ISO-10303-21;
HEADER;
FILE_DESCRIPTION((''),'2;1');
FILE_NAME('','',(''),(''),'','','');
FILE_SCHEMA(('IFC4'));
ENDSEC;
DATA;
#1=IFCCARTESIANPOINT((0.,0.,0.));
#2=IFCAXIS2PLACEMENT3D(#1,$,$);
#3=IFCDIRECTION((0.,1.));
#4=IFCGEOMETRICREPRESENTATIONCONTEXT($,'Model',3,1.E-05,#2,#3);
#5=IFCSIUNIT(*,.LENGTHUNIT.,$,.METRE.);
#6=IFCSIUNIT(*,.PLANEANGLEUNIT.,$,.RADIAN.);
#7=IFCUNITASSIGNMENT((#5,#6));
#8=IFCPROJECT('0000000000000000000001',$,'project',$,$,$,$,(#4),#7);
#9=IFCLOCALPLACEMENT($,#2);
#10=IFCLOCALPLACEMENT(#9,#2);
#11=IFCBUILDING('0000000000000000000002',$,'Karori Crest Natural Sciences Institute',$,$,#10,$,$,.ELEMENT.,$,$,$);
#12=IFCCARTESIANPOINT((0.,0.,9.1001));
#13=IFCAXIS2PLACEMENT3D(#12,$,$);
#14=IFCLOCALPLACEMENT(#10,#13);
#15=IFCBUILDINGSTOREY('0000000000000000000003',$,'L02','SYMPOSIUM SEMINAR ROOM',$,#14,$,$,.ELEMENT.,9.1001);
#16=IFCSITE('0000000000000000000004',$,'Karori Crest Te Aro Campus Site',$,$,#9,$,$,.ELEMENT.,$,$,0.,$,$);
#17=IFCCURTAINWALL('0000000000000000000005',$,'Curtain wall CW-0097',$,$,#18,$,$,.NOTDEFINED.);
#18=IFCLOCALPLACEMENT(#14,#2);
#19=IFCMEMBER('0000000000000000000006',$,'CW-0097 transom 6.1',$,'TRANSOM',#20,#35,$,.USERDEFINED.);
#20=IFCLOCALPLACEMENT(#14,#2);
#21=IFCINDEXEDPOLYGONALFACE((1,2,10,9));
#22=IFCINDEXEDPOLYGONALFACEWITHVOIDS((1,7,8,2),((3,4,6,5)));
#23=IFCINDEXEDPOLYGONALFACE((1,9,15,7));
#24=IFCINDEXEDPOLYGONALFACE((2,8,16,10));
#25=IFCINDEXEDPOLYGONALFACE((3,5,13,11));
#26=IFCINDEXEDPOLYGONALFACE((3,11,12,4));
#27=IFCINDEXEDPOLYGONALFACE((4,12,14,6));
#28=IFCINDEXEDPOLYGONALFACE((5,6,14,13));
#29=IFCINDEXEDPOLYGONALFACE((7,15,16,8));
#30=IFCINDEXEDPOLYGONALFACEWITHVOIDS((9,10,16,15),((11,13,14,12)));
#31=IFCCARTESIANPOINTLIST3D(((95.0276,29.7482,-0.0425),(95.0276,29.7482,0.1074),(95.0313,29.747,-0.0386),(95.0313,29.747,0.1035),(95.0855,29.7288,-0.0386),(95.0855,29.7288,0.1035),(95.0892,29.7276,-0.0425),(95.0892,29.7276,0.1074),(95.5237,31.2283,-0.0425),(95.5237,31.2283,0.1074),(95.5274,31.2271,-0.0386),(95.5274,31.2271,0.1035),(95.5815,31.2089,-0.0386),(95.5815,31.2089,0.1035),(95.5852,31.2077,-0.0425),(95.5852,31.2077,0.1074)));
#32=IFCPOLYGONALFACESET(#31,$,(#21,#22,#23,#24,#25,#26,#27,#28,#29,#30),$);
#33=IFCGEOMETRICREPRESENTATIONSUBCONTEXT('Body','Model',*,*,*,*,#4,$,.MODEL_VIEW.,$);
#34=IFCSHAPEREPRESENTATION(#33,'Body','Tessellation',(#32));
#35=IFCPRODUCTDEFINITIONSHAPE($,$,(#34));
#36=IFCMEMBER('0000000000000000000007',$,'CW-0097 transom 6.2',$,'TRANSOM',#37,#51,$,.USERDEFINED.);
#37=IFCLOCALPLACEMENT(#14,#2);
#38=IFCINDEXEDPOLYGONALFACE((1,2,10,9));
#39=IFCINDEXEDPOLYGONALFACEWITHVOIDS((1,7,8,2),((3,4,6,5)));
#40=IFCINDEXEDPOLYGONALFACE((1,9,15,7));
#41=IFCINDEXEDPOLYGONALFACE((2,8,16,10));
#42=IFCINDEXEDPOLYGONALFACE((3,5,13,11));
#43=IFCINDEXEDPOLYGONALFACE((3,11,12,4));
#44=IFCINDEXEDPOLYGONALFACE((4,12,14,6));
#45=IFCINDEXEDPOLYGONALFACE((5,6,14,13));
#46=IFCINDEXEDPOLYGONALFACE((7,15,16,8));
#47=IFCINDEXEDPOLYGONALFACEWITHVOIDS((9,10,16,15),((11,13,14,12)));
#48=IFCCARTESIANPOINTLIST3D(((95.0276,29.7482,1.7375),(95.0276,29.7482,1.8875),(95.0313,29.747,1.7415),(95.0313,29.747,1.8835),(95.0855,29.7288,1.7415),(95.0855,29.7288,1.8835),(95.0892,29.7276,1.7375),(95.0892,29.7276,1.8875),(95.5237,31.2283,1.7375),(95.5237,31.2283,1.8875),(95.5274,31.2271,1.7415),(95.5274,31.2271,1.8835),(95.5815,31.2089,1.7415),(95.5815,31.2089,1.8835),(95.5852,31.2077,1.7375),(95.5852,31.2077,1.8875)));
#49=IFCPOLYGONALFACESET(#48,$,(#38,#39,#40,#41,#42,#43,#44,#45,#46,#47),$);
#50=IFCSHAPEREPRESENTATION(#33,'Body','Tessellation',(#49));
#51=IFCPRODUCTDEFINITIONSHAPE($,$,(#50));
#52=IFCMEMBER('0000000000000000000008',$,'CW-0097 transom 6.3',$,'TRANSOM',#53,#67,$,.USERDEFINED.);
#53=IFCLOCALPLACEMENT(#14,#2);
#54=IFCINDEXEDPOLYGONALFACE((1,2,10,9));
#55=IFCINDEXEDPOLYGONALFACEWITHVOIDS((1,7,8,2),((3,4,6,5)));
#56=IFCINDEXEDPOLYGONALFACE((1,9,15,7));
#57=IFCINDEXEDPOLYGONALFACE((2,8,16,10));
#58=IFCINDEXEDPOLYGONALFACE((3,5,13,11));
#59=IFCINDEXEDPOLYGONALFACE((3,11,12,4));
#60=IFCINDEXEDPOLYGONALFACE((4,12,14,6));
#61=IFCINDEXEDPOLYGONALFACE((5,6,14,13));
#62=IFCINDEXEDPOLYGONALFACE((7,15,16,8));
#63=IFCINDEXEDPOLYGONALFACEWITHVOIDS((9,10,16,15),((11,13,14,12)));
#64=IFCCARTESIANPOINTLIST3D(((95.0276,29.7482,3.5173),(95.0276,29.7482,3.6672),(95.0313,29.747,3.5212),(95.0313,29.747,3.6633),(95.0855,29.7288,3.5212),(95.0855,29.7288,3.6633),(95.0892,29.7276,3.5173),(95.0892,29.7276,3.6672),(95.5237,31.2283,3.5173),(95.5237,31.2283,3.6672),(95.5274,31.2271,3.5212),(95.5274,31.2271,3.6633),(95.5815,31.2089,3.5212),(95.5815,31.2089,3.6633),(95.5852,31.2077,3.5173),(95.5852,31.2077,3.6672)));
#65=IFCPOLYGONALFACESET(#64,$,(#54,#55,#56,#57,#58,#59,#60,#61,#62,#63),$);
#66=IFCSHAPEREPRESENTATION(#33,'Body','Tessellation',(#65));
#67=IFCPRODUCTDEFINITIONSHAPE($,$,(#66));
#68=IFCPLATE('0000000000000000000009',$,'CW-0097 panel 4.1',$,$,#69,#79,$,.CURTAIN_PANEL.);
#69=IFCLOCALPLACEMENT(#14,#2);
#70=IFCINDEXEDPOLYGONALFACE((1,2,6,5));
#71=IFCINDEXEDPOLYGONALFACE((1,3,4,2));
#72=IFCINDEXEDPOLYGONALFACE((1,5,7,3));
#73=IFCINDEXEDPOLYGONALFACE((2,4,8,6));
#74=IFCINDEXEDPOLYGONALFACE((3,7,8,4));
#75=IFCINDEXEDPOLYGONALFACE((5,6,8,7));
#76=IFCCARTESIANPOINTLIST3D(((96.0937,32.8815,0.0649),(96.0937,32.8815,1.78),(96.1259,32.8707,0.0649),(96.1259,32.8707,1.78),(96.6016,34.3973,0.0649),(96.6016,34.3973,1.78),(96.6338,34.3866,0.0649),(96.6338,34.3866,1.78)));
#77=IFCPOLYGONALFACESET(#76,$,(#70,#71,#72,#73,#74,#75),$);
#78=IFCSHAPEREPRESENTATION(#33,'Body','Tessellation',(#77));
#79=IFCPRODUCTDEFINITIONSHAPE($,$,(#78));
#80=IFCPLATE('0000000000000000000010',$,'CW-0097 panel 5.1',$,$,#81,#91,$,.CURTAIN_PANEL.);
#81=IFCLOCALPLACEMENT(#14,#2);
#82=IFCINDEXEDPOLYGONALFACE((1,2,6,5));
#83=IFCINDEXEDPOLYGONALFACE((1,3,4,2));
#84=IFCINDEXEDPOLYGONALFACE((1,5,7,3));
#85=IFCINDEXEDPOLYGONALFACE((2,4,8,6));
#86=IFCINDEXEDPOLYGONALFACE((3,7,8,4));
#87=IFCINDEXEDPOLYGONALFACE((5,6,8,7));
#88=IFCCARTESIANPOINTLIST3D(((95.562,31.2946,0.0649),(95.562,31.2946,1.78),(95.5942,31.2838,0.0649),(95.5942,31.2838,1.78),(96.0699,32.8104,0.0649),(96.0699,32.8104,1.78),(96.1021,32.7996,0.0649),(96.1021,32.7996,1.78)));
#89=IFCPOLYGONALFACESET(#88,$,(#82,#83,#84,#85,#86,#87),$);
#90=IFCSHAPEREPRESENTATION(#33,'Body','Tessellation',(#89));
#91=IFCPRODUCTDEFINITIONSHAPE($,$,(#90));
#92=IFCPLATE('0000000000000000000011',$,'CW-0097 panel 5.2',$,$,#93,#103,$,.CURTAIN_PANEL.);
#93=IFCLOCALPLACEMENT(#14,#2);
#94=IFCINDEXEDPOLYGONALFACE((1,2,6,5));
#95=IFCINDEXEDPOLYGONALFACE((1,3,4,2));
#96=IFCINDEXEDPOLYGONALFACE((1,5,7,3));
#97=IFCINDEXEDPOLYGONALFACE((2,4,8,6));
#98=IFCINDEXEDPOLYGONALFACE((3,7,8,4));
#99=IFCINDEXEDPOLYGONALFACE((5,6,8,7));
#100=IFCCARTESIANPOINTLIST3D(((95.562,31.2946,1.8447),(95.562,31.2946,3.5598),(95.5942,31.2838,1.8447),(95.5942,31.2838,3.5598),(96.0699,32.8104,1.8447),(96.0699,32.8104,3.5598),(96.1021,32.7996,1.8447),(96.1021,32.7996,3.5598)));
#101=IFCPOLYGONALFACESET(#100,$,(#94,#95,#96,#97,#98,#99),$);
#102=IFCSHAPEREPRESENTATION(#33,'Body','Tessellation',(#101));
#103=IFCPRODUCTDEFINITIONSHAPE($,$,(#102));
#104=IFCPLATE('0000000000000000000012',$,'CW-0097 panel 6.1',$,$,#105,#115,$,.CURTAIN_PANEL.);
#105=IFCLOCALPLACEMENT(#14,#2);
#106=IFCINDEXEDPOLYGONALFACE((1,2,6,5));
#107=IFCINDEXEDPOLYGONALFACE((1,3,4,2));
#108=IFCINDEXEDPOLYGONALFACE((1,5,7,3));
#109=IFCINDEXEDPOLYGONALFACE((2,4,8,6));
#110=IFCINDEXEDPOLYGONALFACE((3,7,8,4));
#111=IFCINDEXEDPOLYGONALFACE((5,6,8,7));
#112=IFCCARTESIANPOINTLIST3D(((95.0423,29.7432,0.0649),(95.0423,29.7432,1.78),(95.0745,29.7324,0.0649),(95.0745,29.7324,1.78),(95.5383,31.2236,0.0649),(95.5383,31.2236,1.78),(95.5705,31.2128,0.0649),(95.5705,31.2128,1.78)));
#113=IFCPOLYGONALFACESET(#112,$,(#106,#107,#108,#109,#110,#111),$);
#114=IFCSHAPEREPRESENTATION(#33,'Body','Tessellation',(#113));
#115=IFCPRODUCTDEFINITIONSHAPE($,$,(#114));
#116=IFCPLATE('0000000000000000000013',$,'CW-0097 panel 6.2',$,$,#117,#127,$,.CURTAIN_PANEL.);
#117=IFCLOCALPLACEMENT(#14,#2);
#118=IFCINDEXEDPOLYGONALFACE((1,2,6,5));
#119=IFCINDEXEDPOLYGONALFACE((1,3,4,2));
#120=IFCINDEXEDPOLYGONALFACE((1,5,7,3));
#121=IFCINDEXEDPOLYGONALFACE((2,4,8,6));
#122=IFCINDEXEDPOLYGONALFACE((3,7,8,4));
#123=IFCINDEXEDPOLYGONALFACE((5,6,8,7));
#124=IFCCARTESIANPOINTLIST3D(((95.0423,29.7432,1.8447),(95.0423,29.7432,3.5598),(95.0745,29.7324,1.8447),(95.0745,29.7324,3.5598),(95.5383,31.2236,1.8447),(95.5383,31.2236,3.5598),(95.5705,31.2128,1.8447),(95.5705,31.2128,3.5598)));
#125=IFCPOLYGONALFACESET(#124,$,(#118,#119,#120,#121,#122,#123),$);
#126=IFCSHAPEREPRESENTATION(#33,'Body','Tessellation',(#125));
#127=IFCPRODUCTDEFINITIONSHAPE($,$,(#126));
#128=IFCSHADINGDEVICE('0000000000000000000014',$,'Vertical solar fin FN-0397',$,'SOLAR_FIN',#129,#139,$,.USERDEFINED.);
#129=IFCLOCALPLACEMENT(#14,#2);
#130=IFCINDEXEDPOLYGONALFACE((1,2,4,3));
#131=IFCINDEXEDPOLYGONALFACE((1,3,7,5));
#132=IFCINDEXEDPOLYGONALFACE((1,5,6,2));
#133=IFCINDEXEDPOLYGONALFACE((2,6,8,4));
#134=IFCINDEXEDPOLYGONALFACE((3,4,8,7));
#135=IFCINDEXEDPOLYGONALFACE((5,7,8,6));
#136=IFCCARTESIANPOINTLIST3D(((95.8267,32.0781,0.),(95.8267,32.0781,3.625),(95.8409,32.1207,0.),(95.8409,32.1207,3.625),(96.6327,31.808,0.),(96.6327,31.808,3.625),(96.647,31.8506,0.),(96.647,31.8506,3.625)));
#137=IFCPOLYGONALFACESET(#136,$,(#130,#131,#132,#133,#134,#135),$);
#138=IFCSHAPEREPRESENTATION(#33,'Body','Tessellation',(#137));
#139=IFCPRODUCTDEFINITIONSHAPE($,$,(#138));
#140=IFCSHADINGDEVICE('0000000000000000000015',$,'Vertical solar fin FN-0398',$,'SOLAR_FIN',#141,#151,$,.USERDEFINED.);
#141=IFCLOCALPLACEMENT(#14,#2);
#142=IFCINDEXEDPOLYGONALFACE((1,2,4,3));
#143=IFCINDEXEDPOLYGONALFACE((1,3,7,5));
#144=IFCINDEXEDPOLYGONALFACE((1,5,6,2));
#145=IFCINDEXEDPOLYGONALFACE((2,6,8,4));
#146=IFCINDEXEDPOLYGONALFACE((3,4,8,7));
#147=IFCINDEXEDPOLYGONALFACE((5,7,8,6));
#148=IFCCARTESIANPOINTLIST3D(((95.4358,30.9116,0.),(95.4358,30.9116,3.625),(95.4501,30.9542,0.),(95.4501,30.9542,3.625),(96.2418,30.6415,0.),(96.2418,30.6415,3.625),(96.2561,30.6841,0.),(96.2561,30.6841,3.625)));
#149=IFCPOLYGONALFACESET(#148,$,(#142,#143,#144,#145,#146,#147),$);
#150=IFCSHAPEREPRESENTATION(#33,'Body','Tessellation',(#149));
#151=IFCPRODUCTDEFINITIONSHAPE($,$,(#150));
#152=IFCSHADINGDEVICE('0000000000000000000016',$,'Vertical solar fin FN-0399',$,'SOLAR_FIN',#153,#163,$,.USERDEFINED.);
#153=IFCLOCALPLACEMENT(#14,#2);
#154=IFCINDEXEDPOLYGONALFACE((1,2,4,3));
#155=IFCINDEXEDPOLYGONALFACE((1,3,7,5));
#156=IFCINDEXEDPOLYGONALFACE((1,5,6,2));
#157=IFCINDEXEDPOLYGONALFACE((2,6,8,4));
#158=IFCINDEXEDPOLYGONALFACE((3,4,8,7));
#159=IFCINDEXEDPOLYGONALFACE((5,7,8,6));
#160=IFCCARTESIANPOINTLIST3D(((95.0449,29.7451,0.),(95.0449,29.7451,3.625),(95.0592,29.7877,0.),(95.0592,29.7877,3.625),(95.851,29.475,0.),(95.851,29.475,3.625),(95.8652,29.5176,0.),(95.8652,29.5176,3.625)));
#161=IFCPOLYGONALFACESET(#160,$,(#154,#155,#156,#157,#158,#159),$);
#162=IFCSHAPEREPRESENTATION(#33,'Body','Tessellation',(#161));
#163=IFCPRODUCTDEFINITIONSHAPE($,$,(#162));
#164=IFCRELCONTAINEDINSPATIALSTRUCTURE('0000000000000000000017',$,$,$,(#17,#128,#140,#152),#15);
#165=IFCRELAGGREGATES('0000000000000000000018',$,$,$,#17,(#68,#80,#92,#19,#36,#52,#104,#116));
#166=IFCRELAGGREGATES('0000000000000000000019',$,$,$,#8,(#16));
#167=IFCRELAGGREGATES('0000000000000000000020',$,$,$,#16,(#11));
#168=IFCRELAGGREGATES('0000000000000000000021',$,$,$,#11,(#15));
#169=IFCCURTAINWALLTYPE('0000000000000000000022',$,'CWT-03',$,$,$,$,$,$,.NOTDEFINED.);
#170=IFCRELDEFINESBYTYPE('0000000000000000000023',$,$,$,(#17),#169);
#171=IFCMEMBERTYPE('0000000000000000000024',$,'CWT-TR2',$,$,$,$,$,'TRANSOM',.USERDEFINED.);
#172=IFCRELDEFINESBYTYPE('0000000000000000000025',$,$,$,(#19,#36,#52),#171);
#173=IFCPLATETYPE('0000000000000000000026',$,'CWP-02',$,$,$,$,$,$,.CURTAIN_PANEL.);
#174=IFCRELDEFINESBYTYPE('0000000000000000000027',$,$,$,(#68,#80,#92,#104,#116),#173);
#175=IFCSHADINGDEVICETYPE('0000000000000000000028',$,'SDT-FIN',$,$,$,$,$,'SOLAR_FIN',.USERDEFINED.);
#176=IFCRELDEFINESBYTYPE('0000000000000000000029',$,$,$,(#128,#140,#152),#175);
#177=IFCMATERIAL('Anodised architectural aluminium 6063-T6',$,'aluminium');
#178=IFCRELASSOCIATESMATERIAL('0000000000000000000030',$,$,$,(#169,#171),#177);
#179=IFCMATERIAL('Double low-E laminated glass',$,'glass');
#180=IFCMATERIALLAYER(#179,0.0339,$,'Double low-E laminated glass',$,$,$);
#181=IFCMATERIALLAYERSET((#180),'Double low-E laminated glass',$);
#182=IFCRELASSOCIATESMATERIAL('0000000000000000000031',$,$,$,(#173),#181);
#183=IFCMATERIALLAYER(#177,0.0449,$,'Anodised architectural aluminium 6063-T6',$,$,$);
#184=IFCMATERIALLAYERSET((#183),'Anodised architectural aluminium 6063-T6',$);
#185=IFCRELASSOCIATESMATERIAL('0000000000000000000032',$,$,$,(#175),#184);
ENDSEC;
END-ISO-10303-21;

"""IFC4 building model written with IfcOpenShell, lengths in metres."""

from ifc_helpers import new_model, si_unit, direction, frame, origin, origin_2d, place, context, subcontext, project, spatial, rectangle, hollow_rectangle, extrude, material, layer, layer_set, material_profile, profile_set, type_object, element, aggregate, save


model = new_model("IFC4")

# Units and contexts
model_context = context("Model", 3, precision=1e-05, world=origin(), true_north=direction((0.0, 1.0)))
body_context = subcontext(model_context, "Body", "Model", "MODEL_VIEW")
ifc_project = project(units=[si_unit("LENGTHUNIT", "METRE"), si_unit("PLANEANGLEUNIT", "RADIAN")], contexts=[model_context])

# Site, building, storey
site_placement = place(None, origin())
site = spatial("IfcSite", under=ifc_project, at=site_placement, Name="Karori Crest Te Aro Campus Site", CompositionType="ELEMENT", RefElevation=0.0)
building_placement = place(site_placement, origin())
building = spatial("IfcBuilding", under=site, at=building_placement, Name="Karori Crest Natural Sciences Institute", CompositionType="ELEMENT")
storey_placement = place(building_placement, frame((0.0, 0.0, 9.1001)))
storey = spatial("IfcBuildingStorey", under=building, at=storey_placement, Name="L02", Description="SYMPOSIUM SEMINAR ROOM", CompositionType="ELEMENT", Elevation=9.1001)

# Curtain wall, members, plates
ifc_material_1 = material(Name="Anodised architectural aluminium 6063-T6", Category="aluminium")
curtain_wall_type = type_object("IfcCurtainWallType", Name="CWT-03", PredefinedType="NOTDEFINED", material=ifc_material_1)
curtain_wall_placement = place(storey_placement, origin())
curtain_wall = element("IfcCurtainWall", 1, at=curtain_wall_placement, inside=storey, type_object=curtain_wall_type, Name="Curtain wall CW-0097", PredefinedType="NOTDEFINED")
ifc_material_profile_1 = material_profile(ifc_material_1, hollow_rectangle(XDim=0.0649, YDim=0.1499, WallThickness=0.0039, at=origin_2d()), Name="CWT150x65x4")
ifc_profile_set_1 = profile_set([ifc_material_profile_1], Name="Anodised architectural aluminium 6063-T6")
member_type_1 = type_object("IfcMemberType", Name="CWT-TR2", ElementType="TRANSOM", PredefinedType="USERDEFINED", material=ifc_profile_set_1)
member_1_placement = place(storey_placement, frame((95.5544, 31.218, 0.0325), z_axis=(-0.317776, -0.948166, 0.0), x_axis=(0.948166, -0.317776, 0.0)))
member_1 = element("IfcMember", 2, at=member_1_placement, type_object=member_type_1, Name="CW-0097 transom 6.1", ObjectType="TRANSOM", PredefinedType="USERDEFINED", context=body_context, shape_type="SweptSolid", body=[
    extrude(hollow_rectangle(XDim=0.0649, YDim=0.1499, WallThickness=0.0039, at=origin_2d()), origin(), (0.0, 0.0, 1.0), 1.561),
])
member_2_placement = place(storey_placement, frame((95.5544, 31.218, 1.8125), z_axis=(-0.317776, -0.948166, 0.0), x_axis=(0.948166, -0.317776, 0.0)))
member_2 = element("IfcMember", 3, at=member_2_placement, type_object=member_type_1, Name="CW-0097 transom 6.2", ObjectType="TRANSOM", PredefinedType="USERDEFINED", context=body_context, shape_type="SweptSolid", body=[
    extrude(hollow_rectangle(XDim=0.0649, YDim=0.1499, WallThickness=0.0039, at=origin_2d()), origin(), (0.0, 0.0, 1.0), 1.561),
])
member_3_placement = place(storey_placement, frame((95.5544, 31.218, 3.5923), z_axis=(-0.317776, -0.948166, 0.0), x_axis=(0.948166, -0.317776, 0.0)))
member_3 = element("IfcMember", 4, at=member_3_placement, type_object=member_type_1, Name="CW-0097 transom 6.3", ObjectType="TRANSOM", PredefinedType="USERDEFINED", context=body_context, shape_type="SweptSolid", body=[
    extrude(hollow_rectangle(XDim=0.0649, YDim=0.1499, WallThickness=0.0039, at=origin_2d()), origin(), (0.0, 0.0, 1.0), 1.561),
])
ifc_material_2 = material(Name="Double low-E laminated glass", Category="glass")
ifc_layer_1 = layer(ifc_material_2, 0.0339, Name="Double low-E laminated glass")
ifc_layer_set_1 = layer_set([ifc_layer_1], Name="Double low-E laminated glass")
plate_type = type_object("IfcPlateType", Name="CWP-02", PredefinedType="CURTAIN_PANEL", material=ifc_layer_set_1)
plate_1_placement = place(storey_placement, frame((96.3638, 33.634, 0.0649), z_axis=(0.0, 0.0, 1.0), x_axis=(-0.317685, -0.948196, 0.0)))
plate_1 = element("IfcPlate", 5, at=plate_1_placement, type_object=plate_type, Name="CW-0097 panel 4.1", PredefinedType="CURTAIN_PANEL", context=body_context, shape_type="SweptSolid", body=[
    extrude(rectangle(XDim=1.5986, YDim=0.0339, at=origin_2d()), origin(), (0.0, 0.0, 1.0), 1.7151),
])
plate_2_placement = place(storey_placement, frame((95.832, 32.0471, 0.0649), z_axis=(0.0, 0.0, 1.0), x_axis=(-0.317685, -0.948196, 0.0)))
plate_2 = element("IfcPlate", 6, at=plate_2_placement, type_object=plate_type, Name="CW-0097 panel 5.1", PredefinedType="CURTAIN_PANEL", context=body_context, shape_type="SweptSolid", body=[
    extrude(rectangle(XDim=1.5986, YDim=0.0339, at=origin_2d()), origin(), (0.0, 0.0, 1.0), 1.7151),
])
plate_3_placement = place(storey_placement, frame((95.832, 32.0471, 1.8447), z_axis=(0.0, 0.0, 1.0), x_axis=(-0.317685, -0.948196, 0.0)))
plate_3 = element("IfcPlate", 7, at=plate_3_placement, type_object=plate_type, Name="CW-0097 panel 5.2", PredefinedType="CURTAIN_PANEL", context=body_context, shape_type="SweptSolid", body=[
    extrude(rectangle(XDim=1.5986, YDim=0.0339, at=origin_2d()), origin(), (0.0, 0.0, 1.0), 1.7151),
])
plate_4_placement = place(storey_placement, frame((95.3064, 30.478, 0.0649), z_axis=(0.0, 0.0, 1.0), x_axis=(-0.317685, -0.948196, 0.0)))
plate_4 = element("IfcPlate", 8, at=plate_4_placement, type_object=plate_type, Name="CW-0097 panel 6.1", PredefinedType="CURTAIN_PANEL", context=body_context, shape_type="SweptSolid", body=[
    extrude(rectangle(XDim=1.5613, YDim=0.0339, at=origin_2d()), origin(), (0.0, 0.0, 1.0), 1.7151),
])
plate_5_placement = place(storey_placement, frame((95.3064, 30.478, 1.8447), z_axis=(0.0, 0.0, 1.0), x_axis=(-0.317685, -0.948196, 0.0)))
plate_5 = element("IfcPlate", 9, at=plate_5_placement, type_object=plate_type, Name="CW-0097 panel 6.2", PredefinedType="CURTAIN_PANEL", context=body_context, shape_type="SweptSolid", body=[
    extrude(rectangle(XDim=1.5613, YDim=0.0339, at=origin_2d()), origin(), (0.0, 0.0, 1.0), 1.7151),
])
aggregate(curtain_wall, [plate_1, plate_2, plate_3, member_1, member_2, member_3, plate_4, plate_5])

# Shading devices
ifc_layer_2 = layer(ifc_material_1, 0.0449, Name="Anodised architectural aluminium 6063-T6")
ifc_layer_set_2 = layer_set([ifc_layer_2], Name="Anodised architectural aluminium 6063-T6")
shading_device_type = type_object("IfcShadingDeviceType", Name="SDT-FIN", ElementType="SOLAR_FIN", PredefinedType="USERDEFINED", material=ifc_layer_set_2)
for number, where, z_axis, x_axis, name in (
    (10, (96.2368, 31.9644, 0.0), (0.0, 0.0, 1.0), (0.948196, -0.317685, 0.0), "Vertical solar fin FN-0397"),
    (11, (95.8459, 30.7979, 0.0), (0.0, 0.0, 1.0), (0.948196, -0.317685, 0.0), "Vertical solar fin FN-0398"),
    (12, (95.4551, 29.6313, 0.0), (0.0, 0.0, 1.0), (0.948196, -0.317685, 0.0), "Vertical solar fin FN-0399"),
):
    element("IfcShadingDevice", number, at=place(storey_placement, frame(where, z_axis=z_axis, x_axis=x_axis)), inside=storey, type_object=shading_device_type, Name=name, ObjectType="SOLAR_FIN", PredefinedType="USERDEFINED", context=body_context, shape_type="SweptSolid", body=[
        extrude(rectangle(XDim=0.8501, YDim=0.0449, at=origin_2d()), origin(), (0.0, 0.0, 1.0), 3.625),
    ])

save(model, "model.ifc")
